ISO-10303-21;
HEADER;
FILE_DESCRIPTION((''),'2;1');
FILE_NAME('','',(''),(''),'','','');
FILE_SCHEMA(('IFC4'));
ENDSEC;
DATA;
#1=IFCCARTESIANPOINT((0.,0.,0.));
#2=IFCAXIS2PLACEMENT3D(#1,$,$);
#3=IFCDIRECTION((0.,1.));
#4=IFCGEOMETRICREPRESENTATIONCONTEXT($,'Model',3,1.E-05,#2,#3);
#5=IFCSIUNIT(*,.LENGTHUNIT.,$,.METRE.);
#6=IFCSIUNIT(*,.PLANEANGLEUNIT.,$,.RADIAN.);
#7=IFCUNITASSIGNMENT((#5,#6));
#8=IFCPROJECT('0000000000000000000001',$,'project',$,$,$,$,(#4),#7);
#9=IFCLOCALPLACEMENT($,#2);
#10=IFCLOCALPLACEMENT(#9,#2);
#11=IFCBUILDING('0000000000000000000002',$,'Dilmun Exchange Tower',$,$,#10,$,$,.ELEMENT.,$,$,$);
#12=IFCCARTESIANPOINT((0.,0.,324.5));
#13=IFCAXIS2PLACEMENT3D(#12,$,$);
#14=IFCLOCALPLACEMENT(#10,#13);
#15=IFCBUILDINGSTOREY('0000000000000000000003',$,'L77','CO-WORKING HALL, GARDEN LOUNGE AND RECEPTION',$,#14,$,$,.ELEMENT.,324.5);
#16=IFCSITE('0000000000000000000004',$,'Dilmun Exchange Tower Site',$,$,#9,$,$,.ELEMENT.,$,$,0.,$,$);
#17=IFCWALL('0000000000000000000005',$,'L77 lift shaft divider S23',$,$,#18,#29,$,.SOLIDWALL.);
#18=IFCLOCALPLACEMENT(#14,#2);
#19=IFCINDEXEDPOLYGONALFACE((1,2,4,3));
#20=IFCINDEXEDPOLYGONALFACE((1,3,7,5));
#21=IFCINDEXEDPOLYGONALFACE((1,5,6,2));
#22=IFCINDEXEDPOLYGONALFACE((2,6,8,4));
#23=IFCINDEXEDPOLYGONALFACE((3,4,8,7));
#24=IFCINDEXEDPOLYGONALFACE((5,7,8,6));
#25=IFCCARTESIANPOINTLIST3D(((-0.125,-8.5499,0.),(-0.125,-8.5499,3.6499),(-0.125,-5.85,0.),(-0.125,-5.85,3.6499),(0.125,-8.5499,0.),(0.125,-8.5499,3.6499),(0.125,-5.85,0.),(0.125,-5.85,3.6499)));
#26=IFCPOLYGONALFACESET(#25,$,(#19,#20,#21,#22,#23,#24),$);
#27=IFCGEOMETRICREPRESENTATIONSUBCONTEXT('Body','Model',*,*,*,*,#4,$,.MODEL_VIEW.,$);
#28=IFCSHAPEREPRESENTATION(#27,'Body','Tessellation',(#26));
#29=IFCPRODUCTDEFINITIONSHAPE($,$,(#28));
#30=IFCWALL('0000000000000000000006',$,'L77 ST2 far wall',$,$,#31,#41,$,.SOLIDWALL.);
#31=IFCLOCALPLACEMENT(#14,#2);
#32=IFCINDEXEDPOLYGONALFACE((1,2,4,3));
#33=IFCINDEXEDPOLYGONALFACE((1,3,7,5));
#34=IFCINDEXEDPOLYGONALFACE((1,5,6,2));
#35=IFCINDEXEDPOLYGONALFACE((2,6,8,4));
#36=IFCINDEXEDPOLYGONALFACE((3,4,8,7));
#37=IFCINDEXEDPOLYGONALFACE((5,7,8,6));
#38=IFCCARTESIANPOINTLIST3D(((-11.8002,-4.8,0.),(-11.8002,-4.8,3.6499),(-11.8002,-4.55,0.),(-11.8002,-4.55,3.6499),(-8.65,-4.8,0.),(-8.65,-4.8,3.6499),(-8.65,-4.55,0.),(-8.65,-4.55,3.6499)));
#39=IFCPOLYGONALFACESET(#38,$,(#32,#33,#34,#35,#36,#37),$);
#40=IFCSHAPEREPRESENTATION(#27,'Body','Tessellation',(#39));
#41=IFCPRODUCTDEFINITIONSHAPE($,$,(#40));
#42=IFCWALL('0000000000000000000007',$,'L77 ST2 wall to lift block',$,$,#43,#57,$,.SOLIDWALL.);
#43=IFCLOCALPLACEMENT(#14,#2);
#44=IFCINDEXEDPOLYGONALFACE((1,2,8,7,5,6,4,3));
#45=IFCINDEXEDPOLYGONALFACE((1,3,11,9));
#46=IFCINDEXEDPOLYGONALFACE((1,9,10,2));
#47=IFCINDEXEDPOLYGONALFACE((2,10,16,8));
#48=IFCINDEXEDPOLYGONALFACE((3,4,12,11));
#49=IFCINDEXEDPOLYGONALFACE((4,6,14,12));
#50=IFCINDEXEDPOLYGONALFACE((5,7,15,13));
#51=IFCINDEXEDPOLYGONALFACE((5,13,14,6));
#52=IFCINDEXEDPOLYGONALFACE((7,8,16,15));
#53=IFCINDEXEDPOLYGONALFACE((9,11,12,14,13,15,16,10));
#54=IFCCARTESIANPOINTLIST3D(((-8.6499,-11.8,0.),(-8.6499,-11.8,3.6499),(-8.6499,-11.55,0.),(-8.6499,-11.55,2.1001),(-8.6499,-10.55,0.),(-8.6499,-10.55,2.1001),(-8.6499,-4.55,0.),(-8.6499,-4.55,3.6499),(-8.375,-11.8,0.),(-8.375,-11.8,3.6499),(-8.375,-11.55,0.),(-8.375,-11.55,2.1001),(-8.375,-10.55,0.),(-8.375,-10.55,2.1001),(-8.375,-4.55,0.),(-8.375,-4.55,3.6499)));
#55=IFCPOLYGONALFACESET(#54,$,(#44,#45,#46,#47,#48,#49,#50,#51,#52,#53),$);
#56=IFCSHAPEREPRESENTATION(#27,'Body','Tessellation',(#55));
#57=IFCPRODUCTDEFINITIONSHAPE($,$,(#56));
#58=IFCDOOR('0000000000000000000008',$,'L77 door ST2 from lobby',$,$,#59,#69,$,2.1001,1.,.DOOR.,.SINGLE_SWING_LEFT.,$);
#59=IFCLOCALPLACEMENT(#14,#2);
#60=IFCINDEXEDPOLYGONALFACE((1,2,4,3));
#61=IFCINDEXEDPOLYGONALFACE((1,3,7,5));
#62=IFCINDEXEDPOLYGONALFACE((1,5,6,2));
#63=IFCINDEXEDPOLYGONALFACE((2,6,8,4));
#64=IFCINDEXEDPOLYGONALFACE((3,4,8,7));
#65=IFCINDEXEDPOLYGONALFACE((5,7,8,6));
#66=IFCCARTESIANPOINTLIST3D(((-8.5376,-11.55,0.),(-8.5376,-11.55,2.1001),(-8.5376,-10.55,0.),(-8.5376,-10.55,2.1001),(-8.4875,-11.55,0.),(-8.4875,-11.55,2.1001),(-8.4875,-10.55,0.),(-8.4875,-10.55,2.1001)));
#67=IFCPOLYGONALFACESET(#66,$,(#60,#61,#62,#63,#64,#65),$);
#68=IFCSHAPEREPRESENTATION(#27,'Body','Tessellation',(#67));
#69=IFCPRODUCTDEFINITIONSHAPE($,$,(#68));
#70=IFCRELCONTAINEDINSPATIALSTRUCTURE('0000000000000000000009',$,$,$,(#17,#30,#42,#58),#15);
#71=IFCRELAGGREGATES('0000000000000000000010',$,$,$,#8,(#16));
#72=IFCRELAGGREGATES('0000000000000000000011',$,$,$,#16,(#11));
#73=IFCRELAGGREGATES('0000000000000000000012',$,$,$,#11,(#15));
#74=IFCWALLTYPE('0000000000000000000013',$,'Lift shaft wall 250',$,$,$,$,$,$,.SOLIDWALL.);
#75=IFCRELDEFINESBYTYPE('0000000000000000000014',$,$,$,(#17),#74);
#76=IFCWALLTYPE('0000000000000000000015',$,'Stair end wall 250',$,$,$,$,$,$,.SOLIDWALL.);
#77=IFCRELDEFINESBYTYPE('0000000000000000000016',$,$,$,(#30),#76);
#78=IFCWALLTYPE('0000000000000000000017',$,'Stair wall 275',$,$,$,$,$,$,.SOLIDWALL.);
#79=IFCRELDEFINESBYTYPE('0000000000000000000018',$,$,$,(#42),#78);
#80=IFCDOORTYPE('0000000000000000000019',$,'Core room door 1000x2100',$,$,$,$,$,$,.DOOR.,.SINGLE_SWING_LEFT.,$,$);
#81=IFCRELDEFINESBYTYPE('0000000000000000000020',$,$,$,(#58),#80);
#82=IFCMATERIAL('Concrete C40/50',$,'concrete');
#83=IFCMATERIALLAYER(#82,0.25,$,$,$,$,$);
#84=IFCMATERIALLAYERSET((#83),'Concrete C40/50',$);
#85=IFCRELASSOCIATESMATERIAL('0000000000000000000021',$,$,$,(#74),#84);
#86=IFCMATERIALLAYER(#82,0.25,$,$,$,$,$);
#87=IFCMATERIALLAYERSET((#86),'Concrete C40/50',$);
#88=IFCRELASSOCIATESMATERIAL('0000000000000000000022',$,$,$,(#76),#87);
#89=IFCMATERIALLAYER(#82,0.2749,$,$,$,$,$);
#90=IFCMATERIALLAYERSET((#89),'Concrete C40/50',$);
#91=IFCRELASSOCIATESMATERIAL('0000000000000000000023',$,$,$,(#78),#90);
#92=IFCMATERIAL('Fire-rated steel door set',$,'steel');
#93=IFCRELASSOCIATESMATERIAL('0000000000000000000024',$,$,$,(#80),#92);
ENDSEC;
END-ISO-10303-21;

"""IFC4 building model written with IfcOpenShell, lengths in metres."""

from ifc_helpers import new_model, si_unit, direction, frame, frame_2d, origin, place, context, subcontext, project, spatial, rectangle, extrude, material, layer, layer_set, type_object, element, fill, save


model = new_model("IFC4")

# Units and contexts
model_context = context("Model", 3, precision=1e-05, world=origin(), true_north=direction((0.0, 1.0)))
body_context = subcontext(model_context, "Body", "Model", "MODEL_VIEW")
ifc_project = project(units=[si_unit("LENGTHUNIT", "METRE"), si_unit("PLANEANGLEUNIT", "RADIAN")], contexts=[model_context])

# Site, building, storey
site_placement = place(None, origin())
site = spatial("IfcSite", under=ifc_project, at=site_placement, Name="Dilmun Exchange Tower Site", CompositionType="ELEMENT", RefElevation=0.0)
building_placement = place(site_placement, origin())
building = spatial("IfcBuilding", under=site, at=building_placement, Name="Dilmun Exchange Tower", CompositionType="ELEMENT")
storey_placement = place(building_placement, frame((0.0, 0.0, 324.5)))
storey = spatial("IfcBuildingStorey", under=building, at=storey_placement, Name="L77", Description="CO-WORKING HALL, GARDEN LOUNGE AND RECEPTION", CompositionType="ELEMENT", Elevation=324.5)

# Shared definitions
ifc_material_1 = material(Name="Concrete C40/50", Category="concrete")

# Walls
ifc_layer_1 = layer(ifc_material_1, 0.25)
ifc_layer_set_1 = layer_set([ifc_layer_1], Name="Concrete C40/50")
wall_type_1 = type_object("IfcWallType", Name="Lift shaft wall 250", PredefinedType="SOLIDWALL", material=ifc_layer_set_1)
for number, where, z_axis, x_axis, name in (
    (1, (0.0, -8.55, 0.0), (0.0, 0.0, 1.0), (0.0, 1.0, 0.0), "L77 lift shaft divider S23"),
):
    element("IfcWall", number, at=place(storey_placement, frame(where, z_axis=z_axis, x_axis=x_axis)), inside=storey, type_object=wall_type_1, Name=name, PredefinedType="SOLIDWALL", context=body_context, shape_type="SweptSolid", body=[
        extrude(rectangle(XDim=2.7, YDim=0.25, at=frame_2d((1.3501, 0.0))), origin(), (0.0, 0.0, 1.0), 3.6499),
    ])
ifc_layer_2 = layer(ifc_material_1, 0.25)
ifc_layer_set_2 = layer_set([ifc_layer_2], Name="Concrete C40/50")
wall_type_2 = type_object("IfcWallType", Name="Stair end wall 250", PredefinedType="SOLIDWALL", material=ifc_layer_set_2)
wall_1_placement = place(storey_placement, frame((-8.6499, -4.675, 0.0), z_axis=(0.0, 0.0, 1.0), x_axis=(-1.0, 0.0, 0.0)))
element("IfcWall", 2, at=wall_1_placement, inside=storey, type_object=wall_type_2, Name="L77 ST2 far wall", PredefinedType="SOLIDWALL", context=body_context, shape_type="SweptSolid", body=[
    extrude(rectangle(XDim=3.1501, YDim=0.25, at=frame_2d((1.5752, 0.0))), origin(), (0.0, 0.0, 1.0), 3.6499),
])

# Wall, opening, door
ifc_layer_3 = layer(ifc_material_1, 0.2749)
ifc_layer_set_3 = layer_set([ifc_layer_3], Name="Concrete C40/50")
wall_type_3 = type_object("IfcWallType", Name="Stair wall 275", PredefinedType="SOLIDWALL", material=ifc_layer_set_3)
wall_2_placement = place(storey_placement, frame((-8.5125, -4.55, 0.0), z_axis=(0.0, 0.0, 1.0), x_axis=(0.0, -1.0, 0.0)))
wall_2 = element("IfcWall", 3, at=wall_2_placement, inside=storey, type_object=wall_type_3, Name="L77 ST2 wall to lift block", PredefinedType="SOLIDWALL", context=body_context, shape_type="SweptSolid", body=[
    extrude(rectangle(XDim=7.25, YDim=0.2749, at=frame_2d((3.625, 0.0))), origin(), (0.0, 0.0, 1.0), 3.6499),
])
opening_placement = place(wall_2_placement, frame((6.0, 0.0, 0.0)))
opening = element("IfcOpeningElement", 4, at=opening_placement, cuts=wall_2, PredefinedType="OPENING", context=body_context, shape_type="SweptSolid", body=[
    extrude(rectangle(XDim=1.0, YDim=2.1001, at=frame_2d((0.5, 1.05))), frame((0.0, 0.1475, 0.0), z_axis=(0.0, -1.0, 0.0), x_axis=(1.0, 0.0, 0.0)), (0.0, 0.0, 1.0), 0.2949),
])
ifc_material_2 = material(Name="Fire-rated steel door set", Category="steel")
door_type = type_object("IfcDoorType", Name="Core room door 1000x2100", OperationType="SINGLE_SWING_LEFT", PredefinedType="DOOR", material=ifc_material_2)
door_placement = place(opening_placement, origin())
door = element("IfcDoor", 5, at=door_placement, inside=storey, type_object=door_type, Name="L77 door ST2 from lobby", OperationType="SINGLE_SWING_LEFT", OverallHeight=2.1001, OverallWidth=1.0, PredefinedType="DOOR", context=body_context, shape_type="SweptSolid", body=[
    extrude(rectangle(XDim=1.0, YDim=2.1001, at=frame_2d((0.5, 1.05))), frame((0.0, 0.0249, 0.0), z_axis=(0.0, -1.0, 0.0), x_axis=(1.0, 0.0, 0.0)), (0.0, 0.0, 1.0), 0.05),
])
fill(opening, door)

save(model, "model.ifc")
